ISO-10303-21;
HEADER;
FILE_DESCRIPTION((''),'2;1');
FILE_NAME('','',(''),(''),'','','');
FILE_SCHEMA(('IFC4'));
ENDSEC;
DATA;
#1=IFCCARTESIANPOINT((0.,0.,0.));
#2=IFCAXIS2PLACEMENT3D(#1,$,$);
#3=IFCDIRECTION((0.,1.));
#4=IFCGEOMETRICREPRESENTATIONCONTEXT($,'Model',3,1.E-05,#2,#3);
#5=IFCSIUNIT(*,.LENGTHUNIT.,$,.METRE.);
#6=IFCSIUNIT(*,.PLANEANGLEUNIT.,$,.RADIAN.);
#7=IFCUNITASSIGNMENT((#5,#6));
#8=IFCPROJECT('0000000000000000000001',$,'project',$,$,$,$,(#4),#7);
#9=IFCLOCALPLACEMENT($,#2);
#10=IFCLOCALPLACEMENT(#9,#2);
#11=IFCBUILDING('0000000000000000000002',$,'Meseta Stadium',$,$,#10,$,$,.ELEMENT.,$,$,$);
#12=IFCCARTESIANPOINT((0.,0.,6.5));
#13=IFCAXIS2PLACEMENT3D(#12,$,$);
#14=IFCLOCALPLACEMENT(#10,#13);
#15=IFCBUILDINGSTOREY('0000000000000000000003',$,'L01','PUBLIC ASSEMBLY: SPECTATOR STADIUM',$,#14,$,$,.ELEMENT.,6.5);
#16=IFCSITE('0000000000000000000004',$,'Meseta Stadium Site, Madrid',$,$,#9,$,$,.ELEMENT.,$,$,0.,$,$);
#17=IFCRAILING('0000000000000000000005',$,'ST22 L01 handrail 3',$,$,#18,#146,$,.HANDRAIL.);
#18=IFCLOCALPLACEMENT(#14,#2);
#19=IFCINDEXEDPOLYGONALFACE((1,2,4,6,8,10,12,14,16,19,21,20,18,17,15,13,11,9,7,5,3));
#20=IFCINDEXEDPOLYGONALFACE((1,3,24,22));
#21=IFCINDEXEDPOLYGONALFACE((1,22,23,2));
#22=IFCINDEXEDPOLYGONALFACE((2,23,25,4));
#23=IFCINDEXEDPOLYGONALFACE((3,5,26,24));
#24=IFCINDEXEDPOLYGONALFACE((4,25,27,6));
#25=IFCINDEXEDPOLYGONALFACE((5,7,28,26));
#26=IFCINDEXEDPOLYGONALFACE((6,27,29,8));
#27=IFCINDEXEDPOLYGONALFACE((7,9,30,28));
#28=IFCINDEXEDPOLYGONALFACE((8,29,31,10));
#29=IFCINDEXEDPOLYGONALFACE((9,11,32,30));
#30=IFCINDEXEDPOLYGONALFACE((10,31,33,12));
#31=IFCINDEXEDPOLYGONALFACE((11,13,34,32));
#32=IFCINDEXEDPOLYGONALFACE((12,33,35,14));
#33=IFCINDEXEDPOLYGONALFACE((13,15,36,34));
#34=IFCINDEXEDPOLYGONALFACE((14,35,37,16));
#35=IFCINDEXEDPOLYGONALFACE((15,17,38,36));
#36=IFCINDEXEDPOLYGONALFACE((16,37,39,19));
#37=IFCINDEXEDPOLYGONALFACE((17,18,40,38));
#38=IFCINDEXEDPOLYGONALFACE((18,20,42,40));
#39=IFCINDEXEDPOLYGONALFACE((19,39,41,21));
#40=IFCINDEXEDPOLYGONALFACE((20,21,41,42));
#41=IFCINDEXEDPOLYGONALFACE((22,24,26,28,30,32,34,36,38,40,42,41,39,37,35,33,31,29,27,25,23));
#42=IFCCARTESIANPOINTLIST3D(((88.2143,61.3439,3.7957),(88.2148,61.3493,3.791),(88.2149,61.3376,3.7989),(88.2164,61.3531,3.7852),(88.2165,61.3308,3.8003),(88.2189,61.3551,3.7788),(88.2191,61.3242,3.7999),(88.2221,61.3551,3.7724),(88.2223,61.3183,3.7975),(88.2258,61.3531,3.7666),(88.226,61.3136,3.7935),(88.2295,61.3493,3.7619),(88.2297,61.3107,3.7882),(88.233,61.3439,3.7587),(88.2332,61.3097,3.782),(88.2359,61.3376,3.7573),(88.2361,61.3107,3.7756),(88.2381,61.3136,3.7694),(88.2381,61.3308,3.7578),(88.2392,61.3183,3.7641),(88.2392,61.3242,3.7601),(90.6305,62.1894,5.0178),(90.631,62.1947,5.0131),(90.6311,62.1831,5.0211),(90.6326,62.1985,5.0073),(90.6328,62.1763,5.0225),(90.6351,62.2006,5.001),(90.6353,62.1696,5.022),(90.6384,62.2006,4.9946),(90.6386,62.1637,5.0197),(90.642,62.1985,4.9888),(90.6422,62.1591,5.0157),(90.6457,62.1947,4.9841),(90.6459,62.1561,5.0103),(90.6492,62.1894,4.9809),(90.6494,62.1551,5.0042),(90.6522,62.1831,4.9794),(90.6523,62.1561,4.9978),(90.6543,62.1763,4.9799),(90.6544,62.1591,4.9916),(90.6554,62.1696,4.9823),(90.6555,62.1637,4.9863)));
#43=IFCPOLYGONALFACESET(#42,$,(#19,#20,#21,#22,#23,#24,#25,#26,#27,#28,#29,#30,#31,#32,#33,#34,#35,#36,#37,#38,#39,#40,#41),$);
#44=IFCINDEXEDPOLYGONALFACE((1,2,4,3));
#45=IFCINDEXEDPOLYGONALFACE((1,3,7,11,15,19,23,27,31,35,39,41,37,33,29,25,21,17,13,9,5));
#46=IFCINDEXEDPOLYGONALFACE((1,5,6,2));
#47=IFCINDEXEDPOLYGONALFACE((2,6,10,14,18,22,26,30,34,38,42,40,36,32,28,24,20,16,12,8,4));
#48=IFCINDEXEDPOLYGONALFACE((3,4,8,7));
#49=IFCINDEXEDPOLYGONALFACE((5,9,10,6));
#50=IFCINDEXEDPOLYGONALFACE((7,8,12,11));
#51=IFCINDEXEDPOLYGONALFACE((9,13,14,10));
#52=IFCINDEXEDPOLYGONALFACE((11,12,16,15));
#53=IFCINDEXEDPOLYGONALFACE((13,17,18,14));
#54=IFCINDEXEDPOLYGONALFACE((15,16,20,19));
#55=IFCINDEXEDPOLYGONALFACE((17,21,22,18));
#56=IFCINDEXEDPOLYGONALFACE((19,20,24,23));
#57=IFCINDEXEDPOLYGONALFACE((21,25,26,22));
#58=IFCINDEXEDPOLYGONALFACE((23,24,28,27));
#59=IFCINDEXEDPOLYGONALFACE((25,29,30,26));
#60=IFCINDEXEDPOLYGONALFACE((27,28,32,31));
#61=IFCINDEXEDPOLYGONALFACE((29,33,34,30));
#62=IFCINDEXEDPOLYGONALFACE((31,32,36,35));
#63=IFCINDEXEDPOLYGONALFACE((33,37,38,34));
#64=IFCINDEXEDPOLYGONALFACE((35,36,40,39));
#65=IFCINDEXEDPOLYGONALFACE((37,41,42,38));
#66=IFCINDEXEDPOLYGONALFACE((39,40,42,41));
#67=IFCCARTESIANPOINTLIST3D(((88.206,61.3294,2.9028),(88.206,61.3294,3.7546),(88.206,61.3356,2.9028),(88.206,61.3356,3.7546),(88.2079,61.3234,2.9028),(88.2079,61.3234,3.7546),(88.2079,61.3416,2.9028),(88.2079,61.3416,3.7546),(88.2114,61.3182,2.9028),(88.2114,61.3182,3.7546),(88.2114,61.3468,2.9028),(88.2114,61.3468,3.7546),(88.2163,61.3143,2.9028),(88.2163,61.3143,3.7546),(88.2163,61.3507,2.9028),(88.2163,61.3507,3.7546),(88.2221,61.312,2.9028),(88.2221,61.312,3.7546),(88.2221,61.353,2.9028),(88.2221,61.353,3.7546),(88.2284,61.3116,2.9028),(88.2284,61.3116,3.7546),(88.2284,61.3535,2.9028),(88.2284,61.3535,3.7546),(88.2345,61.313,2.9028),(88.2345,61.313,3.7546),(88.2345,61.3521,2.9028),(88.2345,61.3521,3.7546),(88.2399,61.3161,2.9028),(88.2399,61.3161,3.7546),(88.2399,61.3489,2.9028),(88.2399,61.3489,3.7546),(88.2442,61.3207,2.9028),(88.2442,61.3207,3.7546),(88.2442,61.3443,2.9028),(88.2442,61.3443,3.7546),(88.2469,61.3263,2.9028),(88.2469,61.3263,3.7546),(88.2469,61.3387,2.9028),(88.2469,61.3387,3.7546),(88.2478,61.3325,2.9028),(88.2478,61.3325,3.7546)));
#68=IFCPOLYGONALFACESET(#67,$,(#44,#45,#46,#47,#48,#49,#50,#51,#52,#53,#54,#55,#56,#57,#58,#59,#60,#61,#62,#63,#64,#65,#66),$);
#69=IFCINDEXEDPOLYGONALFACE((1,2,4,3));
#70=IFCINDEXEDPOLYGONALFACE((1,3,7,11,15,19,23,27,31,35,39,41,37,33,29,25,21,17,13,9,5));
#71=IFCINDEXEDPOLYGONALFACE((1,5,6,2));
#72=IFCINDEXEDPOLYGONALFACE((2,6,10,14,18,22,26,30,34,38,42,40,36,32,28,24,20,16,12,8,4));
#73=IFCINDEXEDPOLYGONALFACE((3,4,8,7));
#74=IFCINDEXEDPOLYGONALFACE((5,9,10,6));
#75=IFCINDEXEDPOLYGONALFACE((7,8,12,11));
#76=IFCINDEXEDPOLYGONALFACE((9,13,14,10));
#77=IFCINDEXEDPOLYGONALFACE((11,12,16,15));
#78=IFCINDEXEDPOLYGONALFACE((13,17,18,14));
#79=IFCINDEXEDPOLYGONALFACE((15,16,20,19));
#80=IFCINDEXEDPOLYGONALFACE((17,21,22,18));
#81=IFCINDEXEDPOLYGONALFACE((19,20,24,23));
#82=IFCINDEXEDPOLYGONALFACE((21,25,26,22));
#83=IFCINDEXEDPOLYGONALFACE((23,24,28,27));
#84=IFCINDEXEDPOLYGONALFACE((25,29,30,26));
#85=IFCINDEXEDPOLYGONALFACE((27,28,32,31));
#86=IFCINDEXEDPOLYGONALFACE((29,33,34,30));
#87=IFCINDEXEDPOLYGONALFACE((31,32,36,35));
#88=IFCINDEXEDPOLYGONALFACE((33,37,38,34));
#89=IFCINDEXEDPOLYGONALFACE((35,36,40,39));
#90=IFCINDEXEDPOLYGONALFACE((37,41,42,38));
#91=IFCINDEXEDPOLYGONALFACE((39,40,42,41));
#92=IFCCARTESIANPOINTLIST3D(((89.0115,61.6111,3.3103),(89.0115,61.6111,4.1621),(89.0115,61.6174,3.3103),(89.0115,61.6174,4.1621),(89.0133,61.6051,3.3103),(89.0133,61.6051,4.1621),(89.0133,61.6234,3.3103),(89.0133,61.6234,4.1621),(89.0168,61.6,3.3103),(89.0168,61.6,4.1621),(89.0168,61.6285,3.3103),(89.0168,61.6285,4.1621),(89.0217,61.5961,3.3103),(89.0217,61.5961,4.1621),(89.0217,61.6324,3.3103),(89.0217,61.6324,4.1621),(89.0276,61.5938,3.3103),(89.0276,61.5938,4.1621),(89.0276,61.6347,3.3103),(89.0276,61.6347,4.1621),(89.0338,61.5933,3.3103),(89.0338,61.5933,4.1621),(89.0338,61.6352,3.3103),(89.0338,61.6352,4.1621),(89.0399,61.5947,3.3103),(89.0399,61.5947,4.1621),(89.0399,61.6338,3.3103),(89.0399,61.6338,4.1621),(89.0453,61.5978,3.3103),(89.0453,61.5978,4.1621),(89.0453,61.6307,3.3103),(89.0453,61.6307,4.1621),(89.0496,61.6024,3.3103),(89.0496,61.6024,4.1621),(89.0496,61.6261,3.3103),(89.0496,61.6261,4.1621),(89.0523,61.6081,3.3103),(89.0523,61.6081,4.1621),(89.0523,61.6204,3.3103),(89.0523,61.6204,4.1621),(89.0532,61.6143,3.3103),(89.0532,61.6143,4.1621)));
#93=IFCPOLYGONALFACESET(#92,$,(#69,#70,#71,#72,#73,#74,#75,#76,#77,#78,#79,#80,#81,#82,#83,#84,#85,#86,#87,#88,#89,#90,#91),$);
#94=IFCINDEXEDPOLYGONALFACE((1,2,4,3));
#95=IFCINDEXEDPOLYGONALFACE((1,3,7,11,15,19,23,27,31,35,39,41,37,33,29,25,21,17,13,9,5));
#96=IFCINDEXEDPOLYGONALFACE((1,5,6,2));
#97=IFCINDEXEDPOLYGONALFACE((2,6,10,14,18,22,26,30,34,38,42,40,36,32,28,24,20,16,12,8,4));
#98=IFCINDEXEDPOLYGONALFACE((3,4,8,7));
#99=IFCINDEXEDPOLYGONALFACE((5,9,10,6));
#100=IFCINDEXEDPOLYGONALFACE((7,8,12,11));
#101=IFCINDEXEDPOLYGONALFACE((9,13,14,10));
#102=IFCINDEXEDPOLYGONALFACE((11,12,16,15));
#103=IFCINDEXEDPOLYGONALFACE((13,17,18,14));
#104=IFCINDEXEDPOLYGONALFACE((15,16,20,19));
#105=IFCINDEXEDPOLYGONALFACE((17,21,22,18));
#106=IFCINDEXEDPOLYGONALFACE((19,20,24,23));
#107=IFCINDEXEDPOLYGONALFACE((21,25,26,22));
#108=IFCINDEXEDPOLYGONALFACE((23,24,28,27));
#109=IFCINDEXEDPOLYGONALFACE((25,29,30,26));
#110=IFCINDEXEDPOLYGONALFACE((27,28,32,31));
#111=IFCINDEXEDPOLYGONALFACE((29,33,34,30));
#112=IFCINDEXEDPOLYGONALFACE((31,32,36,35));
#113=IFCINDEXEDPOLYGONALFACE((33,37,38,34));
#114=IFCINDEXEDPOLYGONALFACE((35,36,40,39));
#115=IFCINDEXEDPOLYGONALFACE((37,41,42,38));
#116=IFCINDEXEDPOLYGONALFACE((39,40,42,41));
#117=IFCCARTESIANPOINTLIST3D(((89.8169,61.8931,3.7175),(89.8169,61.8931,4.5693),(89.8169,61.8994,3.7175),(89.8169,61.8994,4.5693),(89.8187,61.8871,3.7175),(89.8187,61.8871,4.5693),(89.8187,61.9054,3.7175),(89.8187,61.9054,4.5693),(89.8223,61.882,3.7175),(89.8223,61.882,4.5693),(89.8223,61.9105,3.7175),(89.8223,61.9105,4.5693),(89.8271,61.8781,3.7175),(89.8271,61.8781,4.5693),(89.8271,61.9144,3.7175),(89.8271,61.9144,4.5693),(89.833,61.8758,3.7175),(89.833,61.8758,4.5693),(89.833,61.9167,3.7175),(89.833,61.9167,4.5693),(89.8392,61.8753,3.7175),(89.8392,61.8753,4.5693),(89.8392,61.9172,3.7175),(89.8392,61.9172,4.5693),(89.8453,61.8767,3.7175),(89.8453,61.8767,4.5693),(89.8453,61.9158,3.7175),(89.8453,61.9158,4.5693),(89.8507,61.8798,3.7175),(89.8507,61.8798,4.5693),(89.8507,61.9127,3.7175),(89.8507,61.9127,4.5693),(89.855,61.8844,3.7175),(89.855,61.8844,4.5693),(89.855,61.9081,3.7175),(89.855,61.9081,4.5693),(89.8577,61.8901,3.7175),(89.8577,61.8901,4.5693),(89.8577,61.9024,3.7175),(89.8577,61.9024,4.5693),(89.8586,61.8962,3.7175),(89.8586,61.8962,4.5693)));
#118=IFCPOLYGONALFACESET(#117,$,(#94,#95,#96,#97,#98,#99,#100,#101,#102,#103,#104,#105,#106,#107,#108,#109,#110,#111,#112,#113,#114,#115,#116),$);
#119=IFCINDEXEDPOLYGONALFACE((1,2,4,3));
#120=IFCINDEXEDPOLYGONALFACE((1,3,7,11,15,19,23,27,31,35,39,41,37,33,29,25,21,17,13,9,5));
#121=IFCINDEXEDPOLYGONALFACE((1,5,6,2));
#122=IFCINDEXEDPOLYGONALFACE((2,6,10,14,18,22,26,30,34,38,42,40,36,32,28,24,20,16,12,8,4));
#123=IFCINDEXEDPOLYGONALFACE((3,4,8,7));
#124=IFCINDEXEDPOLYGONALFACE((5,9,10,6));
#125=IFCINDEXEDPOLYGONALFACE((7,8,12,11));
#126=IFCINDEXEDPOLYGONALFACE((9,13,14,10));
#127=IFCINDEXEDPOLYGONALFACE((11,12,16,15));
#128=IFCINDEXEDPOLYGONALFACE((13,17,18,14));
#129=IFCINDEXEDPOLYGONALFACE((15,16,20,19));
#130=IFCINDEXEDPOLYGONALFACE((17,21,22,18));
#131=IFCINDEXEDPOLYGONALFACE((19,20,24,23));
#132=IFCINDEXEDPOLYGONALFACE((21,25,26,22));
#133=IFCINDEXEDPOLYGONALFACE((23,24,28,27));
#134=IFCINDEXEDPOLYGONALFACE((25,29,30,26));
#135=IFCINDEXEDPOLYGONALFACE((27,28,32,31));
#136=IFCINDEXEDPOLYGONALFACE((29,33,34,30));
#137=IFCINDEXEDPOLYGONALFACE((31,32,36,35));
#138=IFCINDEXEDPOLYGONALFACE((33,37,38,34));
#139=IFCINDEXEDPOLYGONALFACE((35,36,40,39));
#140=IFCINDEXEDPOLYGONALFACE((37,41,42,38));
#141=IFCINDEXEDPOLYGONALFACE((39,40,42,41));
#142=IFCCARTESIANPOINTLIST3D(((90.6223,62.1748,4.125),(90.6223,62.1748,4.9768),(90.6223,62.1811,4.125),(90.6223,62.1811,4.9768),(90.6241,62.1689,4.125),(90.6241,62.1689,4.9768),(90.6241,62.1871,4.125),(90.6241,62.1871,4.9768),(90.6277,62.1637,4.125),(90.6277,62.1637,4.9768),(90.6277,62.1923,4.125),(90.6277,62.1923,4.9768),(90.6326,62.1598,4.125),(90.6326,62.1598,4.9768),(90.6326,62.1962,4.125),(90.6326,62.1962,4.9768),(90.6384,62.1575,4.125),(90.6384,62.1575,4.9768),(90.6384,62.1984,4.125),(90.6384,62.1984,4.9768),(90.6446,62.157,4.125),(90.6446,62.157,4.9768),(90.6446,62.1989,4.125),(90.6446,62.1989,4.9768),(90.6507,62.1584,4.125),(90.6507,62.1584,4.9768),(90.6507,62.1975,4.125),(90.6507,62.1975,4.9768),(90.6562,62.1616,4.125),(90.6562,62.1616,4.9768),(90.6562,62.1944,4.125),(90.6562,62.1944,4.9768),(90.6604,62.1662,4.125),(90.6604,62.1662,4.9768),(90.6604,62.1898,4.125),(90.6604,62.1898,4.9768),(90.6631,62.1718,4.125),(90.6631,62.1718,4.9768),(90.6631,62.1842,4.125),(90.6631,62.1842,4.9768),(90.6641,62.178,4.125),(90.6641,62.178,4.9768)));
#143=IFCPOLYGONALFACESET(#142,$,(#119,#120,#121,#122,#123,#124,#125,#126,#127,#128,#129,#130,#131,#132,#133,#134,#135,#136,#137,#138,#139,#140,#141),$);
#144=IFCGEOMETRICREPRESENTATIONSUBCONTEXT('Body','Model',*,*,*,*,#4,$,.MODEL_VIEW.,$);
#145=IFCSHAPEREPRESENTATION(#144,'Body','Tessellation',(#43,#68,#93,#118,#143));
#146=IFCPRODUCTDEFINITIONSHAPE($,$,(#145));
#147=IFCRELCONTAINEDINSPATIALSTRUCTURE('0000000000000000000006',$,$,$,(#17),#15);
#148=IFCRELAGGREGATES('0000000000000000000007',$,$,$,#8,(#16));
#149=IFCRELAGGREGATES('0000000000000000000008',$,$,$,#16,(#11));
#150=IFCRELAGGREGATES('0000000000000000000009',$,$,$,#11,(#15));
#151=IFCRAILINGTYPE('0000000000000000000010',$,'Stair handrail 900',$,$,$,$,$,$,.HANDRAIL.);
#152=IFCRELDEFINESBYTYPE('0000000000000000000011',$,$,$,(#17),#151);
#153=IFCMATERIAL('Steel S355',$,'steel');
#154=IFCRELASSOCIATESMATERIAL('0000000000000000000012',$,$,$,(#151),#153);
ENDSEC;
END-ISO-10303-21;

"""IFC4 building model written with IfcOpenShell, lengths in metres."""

from ifc_helpers import new_model, si_unit, direction, frame, origin, origin_2d, place, context, subcontext, project, spatial, circle, extrude, material, type_object, element, save


model = new_model("IFC4")

# Units and contexts
model_context = context("Model", 3, precision=1e-05, world=origin(), true_north=direction((0.0, 1.0)))
body_context = subcontext(model_context, "Body", "Model", "MODEL_VIEW")
ifc_project = project(units=[si_unit("LENGTHUNIT", "METRE"), si_unit("PLANEANGLEUNIT", "RADIAN")], contexts=[model_context])

# Site, building, storey
site_placement = place(None, origin())
site = spatial("IfcSite", under=ifc_project, at=site_placement, Name="Meseta Stadium Site, Madrid", CompositionType="ELEMENT", RefElevation=0.0)
building_placement = place(site_placement, origin())
building = spatial("IfcBuilding", under=site, at=building_placement, Name="Meseta Stadium", CompositionType="ELEMENT")
storey_placement = place(building_placement, frame((0.0, 0.0, 6.5)))
storey = spatial("IfcBuildingStorey", under=building, at=storey_placement, Name="L01", Description="PUBLIC ASSEMBLY: SPECTATOR STADIUM", CompositionType="ELEMENT", Elevation=6.5)

# Railing
ifc_material_1 = material(Name="Steel S355", Category="steel")
railing_type_1 = type_object("IfcRailingType", Name="Stair handrail 900", PredefinedType="HANDRAIL", material=ifc_material_1)
for number, where, name in (
    (1, (88.2268, 61.3325, 2.9028), "ST22 L01 handrail 3"),
):
    element("IfcRailing", number, at=place(storey_placement, frame(where)), inside=storey, type_object=railing_type_1, Name=name, PredefinedType="HANDRAIL", context=body_context, shape_type="SweptSolid", body=[
        extrude(circle(Radius=0.0239, at=origin_2d()), frame((0.0, 0.0, 0.876), z_axis=(0.851789, 0.298044, 0.430843), x_axis=(-0.33027, 0.943887, 0.0)), (0.0, 0.0, 1.0), 2.8367),
        extrude(circle(Radius=0.021, at=origin_2d()), origin(), (0.0, 0.0, 1.0), 0.8518),
        extrude(circle(Radius=0.021, at=origin_2d()), frame((0.8054, 0.2817, 0.4075)), (0.0, 0.0, 1.0), 0.8518),
        extrude(circle(Radius=0.021, at=origin_2d()), frame((1.6108, 0.5637, 0.8147)), (0.0, 0.0, 1.0), 0.8518),
        extrude(circle(Radius=0.021, at=origin_2d()), frame((2.4163, 0.8455, 1.2222)), (0.0, 0.0, 1.0), 0.8518),
    ])

save(model, "model.ifc")
